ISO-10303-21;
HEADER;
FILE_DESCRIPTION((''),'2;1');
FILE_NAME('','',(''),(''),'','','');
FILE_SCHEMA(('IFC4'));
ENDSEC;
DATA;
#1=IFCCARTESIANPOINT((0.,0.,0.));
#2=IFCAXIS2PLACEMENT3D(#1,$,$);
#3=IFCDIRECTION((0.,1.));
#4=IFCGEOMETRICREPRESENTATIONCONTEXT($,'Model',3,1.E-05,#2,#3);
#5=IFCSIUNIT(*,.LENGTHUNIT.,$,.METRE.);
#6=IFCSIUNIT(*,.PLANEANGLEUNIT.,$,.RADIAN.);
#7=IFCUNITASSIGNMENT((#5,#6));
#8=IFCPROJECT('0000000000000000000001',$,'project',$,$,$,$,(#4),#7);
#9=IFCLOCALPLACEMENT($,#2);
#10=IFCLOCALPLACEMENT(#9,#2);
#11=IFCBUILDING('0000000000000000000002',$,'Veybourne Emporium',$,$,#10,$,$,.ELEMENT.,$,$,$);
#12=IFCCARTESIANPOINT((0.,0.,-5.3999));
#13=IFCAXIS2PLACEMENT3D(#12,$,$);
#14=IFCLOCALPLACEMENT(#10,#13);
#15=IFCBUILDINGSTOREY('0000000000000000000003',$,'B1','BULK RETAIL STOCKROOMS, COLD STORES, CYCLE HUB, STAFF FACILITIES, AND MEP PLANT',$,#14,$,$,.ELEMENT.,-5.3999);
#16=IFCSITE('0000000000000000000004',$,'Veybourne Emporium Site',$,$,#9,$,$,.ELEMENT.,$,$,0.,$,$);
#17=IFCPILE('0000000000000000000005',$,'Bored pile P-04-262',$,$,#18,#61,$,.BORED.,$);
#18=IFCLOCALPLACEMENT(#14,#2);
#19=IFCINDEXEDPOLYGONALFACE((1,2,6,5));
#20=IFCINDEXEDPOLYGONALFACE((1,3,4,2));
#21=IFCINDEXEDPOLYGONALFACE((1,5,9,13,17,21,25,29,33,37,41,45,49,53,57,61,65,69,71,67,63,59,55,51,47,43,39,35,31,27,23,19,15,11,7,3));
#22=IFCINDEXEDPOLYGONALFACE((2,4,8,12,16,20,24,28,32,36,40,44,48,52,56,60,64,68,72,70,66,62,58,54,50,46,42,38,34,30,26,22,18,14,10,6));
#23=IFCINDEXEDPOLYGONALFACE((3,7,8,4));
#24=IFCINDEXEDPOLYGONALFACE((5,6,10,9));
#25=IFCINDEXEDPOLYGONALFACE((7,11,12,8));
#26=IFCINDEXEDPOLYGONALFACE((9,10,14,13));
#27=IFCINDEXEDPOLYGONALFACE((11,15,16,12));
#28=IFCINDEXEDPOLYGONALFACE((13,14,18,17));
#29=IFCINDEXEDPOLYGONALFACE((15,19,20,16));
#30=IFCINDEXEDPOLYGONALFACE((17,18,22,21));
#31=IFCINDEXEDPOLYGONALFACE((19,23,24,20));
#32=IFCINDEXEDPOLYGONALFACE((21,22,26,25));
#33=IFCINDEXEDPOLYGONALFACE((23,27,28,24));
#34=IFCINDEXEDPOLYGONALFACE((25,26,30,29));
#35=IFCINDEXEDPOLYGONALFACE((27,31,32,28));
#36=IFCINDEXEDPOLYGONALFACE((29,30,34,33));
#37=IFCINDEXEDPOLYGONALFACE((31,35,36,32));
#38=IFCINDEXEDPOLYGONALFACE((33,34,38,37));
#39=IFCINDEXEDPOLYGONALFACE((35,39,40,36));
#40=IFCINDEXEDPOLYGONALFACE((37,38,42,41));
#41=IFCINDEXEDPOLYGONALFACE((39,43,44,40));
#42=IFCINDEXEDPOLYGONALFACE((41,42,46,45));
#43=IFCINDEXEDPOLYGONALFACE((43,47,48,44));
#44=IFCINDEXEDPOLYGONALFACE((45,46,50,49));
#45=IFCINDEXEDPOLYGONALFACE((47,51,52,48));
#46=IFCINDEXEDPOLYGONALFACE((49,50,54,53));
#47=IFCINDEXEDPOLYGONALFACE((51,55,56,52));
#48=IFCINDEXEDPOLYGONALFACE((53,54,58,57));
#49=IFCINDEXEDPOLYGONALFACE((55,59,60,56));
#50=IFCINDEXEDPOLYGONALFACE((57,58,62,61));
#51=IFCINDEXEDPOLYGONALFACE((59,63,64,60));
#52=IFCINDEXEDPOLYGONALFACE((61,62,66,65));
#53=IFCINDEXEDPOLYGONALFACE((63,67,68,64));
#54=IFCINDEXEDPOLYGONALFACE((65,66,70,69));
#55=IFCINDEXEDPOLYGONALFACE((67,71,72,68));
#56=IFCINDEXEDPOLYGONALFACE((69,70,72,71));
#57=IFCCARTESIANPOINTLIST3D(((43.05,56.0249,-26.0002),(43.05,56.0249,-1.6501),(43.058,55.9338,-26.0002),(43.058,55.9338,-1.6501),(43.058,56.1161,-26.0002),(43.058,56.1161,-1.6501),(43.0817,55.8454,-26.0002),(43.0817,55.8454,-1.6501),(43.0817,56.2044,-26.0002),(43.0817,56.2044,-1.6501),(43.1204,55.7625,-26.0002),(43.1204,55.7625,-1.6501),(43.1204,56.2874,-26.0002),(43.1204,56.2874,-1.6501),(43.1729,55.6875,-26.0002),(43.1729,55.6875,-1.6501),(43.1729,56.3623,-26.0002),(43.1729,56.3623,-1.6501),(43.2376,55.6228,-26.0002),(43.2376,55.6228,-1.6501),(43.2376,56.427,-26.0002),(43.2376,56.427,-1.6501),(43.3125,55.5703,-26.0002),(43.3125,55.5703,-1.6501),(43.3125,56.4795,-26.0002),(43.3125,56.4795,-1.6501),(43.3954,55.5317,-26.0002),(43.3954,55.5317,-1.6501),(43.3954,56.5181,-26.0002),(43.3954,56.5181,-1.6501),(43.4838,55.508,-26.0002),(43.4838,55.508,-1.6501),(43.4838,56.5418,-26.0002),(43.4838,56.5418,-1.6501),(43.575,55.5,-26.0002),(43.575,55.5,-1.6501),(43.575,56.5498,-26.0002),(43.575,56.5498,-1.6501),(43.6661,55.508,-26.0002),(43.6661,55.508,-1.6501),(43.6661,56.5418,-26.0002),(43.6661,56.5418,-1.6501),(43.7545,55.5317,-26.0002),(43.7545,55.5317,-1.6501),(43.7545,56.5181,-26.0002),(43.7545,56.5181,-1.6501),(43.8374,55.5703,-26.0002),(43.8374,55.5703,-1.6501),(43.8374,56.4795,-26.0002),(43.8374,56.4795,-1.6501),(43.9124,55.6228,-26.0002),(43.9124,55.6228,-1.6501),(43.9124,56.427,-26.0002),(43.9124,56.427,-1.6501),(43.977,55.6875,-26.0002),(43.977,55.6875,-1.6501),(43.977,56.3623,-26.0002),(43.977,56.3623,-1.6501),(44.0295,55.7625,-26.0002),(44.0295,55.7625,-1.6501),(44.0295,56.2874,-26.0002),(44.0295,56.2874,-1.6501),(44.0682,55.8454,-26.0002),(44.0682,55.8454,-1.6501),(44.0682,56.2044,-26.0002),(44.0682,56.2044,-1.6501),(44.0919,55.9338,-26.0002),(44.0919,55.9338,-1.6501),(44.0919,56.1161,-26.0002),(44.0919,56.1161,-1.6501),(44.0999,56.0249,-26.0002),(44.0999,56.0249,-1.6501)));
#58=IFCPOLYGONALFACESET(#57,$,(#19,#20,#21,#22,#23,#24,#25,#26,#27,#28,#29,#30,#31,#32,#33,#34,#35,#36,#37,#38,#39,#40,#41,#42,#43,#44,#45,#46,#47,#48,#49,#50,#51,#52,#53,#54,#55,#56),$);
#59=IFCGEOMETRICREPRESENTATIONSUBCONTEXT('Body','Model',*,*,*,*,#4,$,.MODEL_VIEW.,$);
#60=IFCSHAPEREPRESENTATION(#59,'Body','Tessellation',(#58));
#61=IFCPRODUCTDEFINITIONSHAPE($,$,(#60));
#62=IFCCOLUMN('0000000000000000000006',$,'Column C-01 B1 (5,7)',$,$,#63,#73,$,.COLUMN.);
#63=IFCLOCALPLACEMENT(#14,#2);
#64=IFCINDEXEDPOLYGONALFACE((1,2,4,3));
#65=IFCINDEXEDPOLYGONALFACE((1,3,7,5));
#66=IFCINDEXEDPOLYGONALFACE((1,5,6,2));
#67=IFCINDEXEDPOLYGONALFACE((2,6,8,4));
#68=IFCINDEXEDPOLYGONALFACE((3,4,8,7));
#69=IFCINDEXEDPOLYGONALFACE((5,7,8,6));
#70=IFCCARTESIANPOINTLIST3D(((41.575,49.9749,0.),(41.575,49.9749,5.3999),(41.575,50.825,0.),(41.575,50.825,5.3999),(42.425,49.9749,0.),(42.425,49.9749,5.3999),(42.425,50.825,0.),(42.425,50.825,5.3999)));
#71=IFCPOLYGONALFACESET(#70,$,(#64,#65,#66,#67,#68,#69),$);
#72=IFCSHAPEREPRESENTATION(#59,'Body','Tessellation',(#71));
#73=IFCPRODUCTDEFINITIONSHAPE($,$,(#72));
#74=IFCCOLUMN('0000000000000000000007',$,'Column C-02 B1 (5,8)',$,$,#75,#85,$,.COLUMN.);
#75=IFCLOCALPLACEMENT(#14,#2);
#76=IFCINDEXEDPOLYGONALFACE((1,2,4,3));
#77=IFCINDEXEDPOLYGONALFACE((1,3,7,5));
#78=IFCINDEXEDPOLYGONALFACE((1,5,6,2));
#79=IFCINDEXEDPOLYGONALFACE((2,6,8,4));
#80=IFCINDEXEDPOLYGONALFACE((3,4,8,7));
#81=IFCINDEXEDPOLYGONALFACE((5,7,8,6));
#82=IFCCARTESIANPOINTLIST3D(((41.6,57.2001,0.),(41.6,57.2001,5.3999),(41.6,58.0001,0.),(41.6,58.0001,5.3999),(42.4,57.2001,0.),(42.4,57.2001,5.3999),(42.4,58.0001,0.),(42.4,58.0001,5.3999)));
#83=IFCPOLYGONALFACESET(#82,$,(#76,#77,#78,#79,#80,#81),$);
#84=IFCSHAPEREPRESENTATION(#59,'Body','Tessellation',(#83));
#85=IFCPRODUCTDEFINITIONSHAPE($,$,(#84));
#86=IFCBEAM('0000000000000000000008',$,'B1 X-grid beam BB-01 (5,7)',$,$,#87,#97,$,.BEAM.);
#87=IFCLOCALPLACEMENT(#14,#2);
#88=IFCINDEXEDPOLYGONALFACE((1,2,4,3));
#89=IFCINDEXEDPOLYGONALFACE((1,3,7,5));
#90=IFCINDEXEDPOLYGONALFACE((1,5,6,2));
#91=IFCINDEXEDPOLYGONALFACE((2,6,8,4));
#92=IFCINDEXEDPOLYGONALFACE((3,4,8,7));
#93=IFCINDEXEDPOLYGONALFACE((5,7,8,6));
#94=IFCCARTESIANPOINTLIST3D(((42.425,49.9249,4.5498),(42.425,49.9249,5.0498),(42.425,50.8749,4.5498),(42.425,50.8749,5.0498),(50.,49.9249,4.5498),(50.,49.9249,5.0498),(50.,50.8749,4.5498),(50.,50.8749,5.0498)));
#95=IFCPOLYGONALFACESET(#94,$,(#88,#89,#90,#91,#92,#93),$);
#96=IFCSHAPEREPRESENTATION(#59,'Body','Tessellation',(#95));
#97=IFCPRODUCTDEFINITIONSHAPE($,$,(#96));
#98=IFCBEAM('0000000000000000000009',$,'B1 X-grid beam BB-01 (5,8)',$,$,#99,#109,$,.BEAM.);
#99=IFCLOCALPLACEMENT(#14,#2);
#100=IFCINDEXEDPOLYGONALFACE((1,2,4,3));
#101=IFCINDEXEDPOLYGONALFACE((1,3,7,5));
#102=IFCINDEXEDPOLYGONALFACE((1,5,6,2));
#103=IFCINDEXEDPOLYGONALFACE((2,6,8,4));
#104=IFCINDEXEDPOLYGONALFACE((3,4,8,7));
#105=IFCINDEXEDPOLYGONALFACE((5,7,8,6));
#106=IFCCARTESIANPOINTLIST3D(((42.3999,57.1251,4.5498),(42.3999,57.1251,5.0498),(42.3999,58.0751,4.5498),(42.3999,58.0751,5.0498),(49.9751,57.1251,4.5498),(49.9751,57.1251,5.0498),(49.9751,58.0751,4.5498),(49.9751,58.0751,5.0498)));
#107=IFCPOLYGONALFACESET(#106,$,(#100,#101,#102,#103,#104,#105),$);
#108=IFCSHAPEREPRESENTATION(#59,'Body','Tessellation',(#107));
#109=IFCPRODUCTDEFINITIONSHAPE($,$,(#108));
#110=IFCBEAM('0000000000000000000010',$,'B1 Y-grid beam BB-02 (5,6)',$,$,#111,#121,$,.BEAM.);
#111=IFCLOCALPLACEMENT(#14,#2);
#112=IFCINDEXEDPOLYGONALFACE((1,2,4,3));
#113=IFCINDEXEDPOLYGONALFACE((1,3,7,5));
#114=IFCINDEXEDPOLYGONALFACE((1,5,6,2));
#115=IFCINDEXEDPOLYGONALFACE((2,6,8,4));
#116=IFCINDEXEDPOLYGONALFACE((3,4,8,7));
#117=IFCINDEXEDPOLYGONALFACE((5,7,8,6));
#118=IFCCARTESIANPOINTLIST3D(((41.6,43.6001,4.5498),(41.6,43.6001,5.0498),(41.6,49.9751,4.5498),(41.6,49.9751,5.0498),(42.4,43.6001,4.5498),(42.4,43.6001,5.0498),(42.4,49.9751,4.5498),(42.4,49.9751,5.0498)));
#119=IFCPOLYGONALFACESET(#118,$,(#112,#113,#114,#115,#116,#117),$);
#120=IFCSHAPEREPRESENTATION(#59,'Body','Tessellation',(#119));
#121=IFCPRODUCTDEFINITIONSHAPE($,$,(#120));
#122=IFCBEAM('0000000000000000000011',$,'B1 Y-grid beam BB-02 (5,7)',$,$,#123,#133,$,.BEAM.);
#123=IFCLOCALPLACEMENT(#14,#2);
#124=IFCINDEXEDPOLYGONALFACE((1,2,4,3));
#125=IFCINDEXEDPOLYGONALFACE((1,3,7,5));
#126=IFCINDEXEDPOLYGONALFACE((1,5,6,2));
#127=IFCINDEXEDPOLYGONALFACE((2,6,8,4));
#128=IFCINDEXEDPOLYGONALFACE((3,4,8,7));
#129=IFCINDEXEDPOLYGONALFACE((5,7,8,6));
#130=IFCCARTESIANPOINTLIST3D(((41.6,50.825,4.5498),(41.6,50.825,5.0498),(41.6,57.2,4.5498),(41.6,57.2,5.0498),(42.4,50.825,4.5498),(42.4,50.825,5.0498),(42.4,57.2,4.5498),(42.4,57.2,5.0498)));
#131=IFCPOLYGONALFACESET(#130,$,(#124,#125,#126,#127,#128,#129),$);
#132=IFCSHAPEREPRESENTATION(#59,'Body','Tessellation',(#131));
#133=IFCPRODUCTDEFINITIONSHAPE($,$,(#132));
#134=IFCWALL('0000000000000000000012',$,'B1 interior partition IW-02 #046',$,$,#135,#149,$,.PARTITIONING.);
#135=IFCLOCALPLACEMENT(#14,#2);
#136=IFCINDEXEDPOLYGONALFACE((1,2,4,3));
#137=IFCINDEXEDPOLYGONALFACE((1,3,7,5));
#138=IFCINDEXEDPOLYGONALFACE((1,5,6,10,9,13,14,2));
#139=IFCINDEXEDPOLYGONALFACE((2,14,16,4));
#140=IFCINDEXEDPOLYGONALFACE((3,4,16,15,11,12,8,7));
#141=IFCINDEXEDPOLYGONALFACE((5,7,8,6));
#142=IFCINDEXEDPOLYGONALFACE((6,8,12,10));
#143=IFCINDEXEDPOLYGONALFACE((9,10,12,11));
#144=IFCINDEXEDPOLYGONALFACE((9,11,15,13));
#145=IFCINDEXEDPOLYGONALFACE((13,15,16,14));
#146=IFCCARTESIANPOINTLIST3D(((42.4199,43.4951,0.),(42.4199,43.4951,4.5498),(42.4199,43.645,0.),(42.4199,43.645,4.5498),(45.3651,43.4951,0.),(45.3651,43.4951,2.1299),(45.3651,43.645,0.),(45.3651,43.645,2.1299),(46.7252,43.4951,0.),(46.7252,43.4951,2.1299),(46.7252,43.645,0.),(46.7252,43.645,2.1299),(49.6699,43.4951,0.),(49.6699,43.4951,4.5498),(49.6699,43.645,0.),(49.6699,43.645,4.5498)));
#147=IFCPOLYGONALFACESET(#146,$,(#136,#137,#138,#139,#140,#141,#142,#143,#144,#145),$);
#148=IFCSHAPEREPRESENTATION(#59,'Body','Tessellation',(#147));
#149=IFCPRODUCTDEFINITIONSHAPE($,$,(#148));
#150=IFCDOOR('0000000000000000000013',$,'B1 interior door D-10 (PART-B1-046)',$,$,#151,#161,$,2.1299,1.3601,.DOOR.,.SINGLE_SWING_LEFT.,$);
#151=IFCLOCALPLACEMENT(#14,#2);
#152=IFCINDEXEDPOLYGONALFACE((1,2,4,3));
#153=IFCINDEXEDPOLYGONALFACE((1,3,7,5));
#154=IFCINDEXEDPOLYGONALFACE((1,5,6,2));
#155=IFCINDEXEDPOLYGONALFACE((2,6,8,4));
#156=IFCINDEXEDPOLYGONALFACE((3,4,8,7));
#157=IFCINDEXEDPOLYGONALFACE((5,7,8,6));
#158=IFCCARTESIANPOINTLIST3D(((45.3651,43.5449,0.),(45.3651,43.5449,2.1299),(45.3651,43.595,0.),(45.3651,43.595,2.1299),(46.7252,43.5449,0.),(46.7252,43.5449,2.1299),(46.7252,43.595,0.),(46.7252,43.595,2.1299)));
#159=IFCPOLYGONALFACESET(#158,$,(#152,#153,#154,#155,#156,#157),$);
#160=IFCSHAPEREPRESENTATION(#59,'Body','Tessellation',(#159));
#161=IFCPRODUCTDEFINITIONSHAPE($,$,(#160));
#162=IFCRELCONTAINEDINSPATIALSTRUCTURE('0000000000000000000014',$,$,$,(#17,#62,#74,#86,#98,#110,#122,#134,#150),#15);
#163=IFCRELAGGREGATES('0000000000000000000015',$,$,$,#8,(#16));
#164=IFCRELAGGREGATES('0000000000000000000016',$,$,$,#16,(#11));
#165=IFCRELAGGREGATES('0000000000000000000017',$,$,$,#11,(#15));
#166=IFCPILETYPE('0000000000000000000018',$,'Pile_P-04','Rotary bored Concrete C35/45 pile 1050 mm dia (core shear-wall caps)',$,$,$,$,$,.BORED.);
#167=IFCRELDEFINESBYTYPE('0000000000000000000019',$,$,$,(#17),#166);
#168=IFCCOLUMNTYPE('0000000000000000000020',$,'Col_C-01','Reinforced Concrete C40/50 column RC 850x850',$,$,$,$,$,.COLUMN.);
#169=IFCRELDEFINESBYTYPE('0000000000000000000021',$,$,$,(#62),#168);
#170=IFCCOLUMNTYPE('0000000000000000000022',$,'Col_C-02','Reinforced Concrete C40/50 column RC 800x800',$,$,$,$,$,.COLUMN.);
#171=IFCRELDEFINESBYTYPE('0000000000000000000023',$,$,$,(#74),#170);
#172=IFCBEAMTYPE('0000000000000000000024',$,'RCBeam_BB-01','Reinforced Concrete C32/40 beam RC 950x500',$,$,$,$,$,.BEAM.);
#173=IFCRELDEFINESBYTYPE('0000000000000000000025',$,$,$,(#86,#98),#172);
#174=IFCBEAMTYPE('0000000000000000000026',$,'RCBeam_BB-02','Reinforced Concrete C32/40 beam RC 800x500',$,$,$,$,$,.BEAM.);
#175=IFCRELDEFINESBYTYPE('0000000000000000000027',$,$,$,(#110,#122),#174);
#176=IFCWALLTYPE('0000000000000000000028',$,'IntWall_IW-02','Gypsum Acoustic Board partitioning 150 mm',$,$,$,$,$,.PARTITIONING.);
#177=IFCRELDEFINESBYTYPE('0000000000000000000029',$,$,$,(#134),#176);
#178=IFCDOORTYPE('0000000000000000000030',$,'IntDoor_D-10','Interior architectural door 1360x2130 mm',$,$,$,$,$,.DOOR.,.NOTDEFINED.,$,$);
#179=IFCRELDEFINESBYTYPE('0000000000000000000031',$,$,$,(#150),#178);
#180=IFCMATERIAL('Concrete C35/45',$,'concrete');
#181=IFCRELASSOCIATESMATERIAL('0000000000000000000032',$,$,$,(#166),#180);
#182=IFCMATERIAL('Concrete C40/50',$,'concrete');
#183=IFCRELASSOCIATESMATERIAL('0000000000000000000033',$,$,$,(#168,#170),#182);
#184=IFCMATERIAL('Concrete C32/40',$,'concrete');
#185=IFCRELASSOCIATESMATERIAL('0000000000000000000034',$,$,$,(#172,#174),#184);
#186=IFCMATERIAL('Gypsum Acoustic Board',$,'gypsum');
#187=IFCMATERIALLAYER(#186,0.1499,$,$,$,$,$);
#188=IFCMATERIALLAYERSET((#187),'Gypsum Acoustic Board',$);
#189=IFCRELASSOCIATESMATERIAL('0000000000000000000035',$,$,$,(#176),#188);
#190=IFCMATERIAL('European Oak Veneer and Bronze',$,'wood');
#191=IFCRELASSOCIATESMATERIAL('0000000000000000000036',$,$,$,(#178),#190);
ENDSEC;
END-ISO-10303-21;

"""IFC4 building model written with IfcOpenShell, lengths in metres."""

from ifc_helpers import new_model, si_unit, direction, frame, frame_2d, origin, origin_2d, place, context, subcontext, project, spatial, rectangle, circle, extrude, material, layer, layer_set, material_profile, profile_set, type_object, element, fill, save


model = new_model("IFC4")

# Units and contexts
model_context = context("Model", 3, precision=1e-05, world=origin(), true_north=direction((0.0, 1.0)))
body_context = subcontext(model_context, "Body", "Model", "MODEL_VIEW")
ifc_project = project(units=[si_unit("LENGTHUNIT", "METRE"), si_unit("PLANEANGLEUNIT", "RADIAN")], contexts=[model_context])

# Site, building, storey
site_placement = place(None, origin())
site = spatial("IfcSite", under=ifc_project, at=site_placement, Name="Veybourne Emporium Site", CompositionType="ELEMENT", RefElevation=0.0)
building_placement = place(site_placement, origin())
building = spatial("IfcBuilding", under=site, at=building_placement, Name="Veybourne Emporium", CompositionType="ELEMENT")
storey_placement = place(building_placement, frame((0.0, 0.0, -5.3999)))
storey = spatial("IfcBuildingStorey", under=building, at=storey_placement, Name="B1", Description="BULK RETAIL STOCKROOMS, COLD STORES, CYCLE HUB, STAFF FACILITIES, AND MEP PLANT", CompositionType="ELEMENT", Elevation=-5.3999)

# Shared definitions
ifc_material_1 = material(Name="Concrete C35/45", Category="concrete")

# Pile
ifc_material_profile_1 = material_profile(ifc_material_1, circle(Radius=0.5249, at=origin_2d()), Name="BORED PILE 1050")
ifc_profile_set_1 = profile_set([ifc_material_profile_1], Name="Concrete C35/45")
pile_type_1 = type_object("IfcPileType", Name="Pile_P-04", Description="Rotary bored Concrete C35/45 pile 1050 mm dia (core shear-wall caps)", PredefinedType="BORED", material=ifc_profile_set_1)
for number, where, z_axis, x_axis, name in (
    (1, (43.575, 56.0249, -1.6501), (0.0, 0.0, -1.0), (1.0, 0.0, 0.0), "Bored pile P-04-262"),
):
    element("IfcPile", number, at=place(storey_placement, frame(where, z_axis=z_axis, x_axis=x_axis)), inside=storey, type_object=pile_type_1, Name=name, PredefinedType="BORED", context=body_context, shape_type="SweptSolid", body=[
        extrude(circle(Radius=0.5249, at=origin_2d()), origin(), (0.0, 0.0, 1.0), 24.3501),
    ])

# Columns
ifc_material_2 = material(Name="Concrete C40/50", Category="concrete")
ifc_material_profile_2 = material_profile(ifc_material_2, rectangle(XDim=0.8501, YDim=0.8501, at=origin_2d()), Name="RC 850x850")
ifc_profile_set_2 = profile_set([ifc_material_profile_2], Name="Concrete C40/50")
column_type_1 = type_object("IfcColumnType", Name="Col_C-01", Description="Reinforced Concrete C40/50 column RC 850x850", PredefinedType="COLUMN", material=ifc_profile_set_2)
column_1_placement = place(storey_placement, frame((42.0, 50.3999, 0.0), z_axis=(0.0, 0.0, 1.0), x_axis=(1.0, 0.0, 0.0)))
element("IfcColumn", 2, at=column_1_placement, inside=storey, type_object=column_type_1, Name="Column C-01 B1 (5,7)", PredefinedType="COLUMN", context=body_context, shape_type="SweptSolid", body=[
    extrude(rectangle(XDim=0.8501, YDim=0.8501, at=origin_2d()), origin(), (0.0, 0.0, 1.0), 5.3999),
])
ifc_material_profile_3 = material_profile(ifc_material_2, rectangle(XDim=0.8, YDim=0.8, at=origin_2d()), Name="RC 800x800")
ifc_profile_set_3 = profile_set([ifc_material_profile_3], Name="Concrete C40/50")
column_type_2 = type_object("IfcColumnType", Name="Col_C-02", Description="Reinforced Concrete C40/50 column RC 800x800", PredefinedType="COLUMN", material=ifc_profile_set_3)
column_2_placement = place(storey_placement, frame((42.0, 57.6001, 0.0), z_axis=(0.0, 0.0, 1.0), x_axis=(1.0, 0.0, 0.0)))
element("IfcColumn", 3, at=column_2_placement, inside=storey, type_object=column_type_2, Name="Column C-02 B1 (5,8)", PredefinedType="COLUMN", context=body_context, shape_type="SweptSolid", body=[
    extrude(rectangle(XDim=0.8, YDim=0.8, at=origin_2d()), origin(), (0.0, 0.0, 1.0), 5.3999),
])

# Beams
ifc_material_3 = material(Name="Concrete C32/40", Category="concrete")
ifc_material_profile_4 = material_profile(ifc_material_3, rectangle(XDim=0.95, YDim=0.5, at=origin_2d()), Name="RC 950x500")
ifc_profile_set_4 = profile_set([ifc_material_profile_4], Name="Concrete C32/40")
beam_type_1 = type_object("IfcBeamType", Name="RCBeam_BB-01", Description="Reinforced Concrete C32/40 beam RC 950x500", PredefinedType="BEAM", material=ifc_profile_set_4)
beam_1_placement = place(storey_placement, frame((42.425, 50.3999, 4.7998), z_axis=(1.0, 0.0, 0.0), x_axis=(0.0, 1.0, 0.0)))
element("IfcBeam", 4, at=beam_1_placement, inside=storey, type_object=beam_type_1, Name="B1 X-grid beam BB-01 (5,7)", PredefinedType="BEAM", context=body_context, shape_type="SweptSolid", body=[
    extrude(rectangle(XDim=0.95, YDim=0.5, at=origin_2d()), origin(), (0.0, 0.0, 1.0), 7.575),
])
beam_2_placement = place(storey_placement, frame((42.3999, 57.6001, 4.7998), z_axis=(1.0, 0.0, 0.0), x_axis=(0.0, 1.0, 0.0)))
element("IfcBeam", 5, at=beam_2_placement, inside=storey, type_object=beam_type_1, Name="B1 X-grid beam BB-01 (5,8)", PredefinedType="BEAM", context=body_context, shape_type="SweptSolid", body=[
    extrude(rectangle(XDim=0.95, YDim=0.5, at=origin_2d()), origin(), (0.0, 0.0, 1.0), 7.5752),
])
ifc_material_profile_5 = material_profile(ifc_material_3, rectangle(XDim=0.8, YDim=0.5, at=origin_2d()), Name="RC 800x500")
ifc_profile_set_5 = profile_set([ifc_material_profile_5], Name="Concrete C32/40")
beam_type_2 = type_object("IfcBeamType", Name="RCBeam_BB-02", Description="Reinforced Concrete C32/40 beam RC 800x500", PredefinedType="BEAM", material=ifc_profile_set_5)
for number, where, z_axis, x_axis, name in (
    (6, (42.0, 43.6001, 4.7998), (0.0, 1.0, 0.0), (-1.0, 0.0, 0.0), "B1 Y-grid beam BB-02 (5,6)"),
    (7, (42.0, 50.825, 4.7998), (0.0, 1.0, 0.0), (-1.0, 0.0, 0.0), "B1 Y-grid beam BB-02 (5,7)"),
):
    element("IfcBeam", number, at=place(storey_placement, frame(where, z_axis=z_axis, x_axis=x_axis)), inside=storey, type_object=beam_type_2, Name=name, PredefinedType="BEAM", context=body_context, shape_type="SweptSolid", body=[
        extrude(rectangle(XDim=0.8, YDim=0.5, at=origin_2d()), origin(), (0.0, 0.0, 1.0), 6.375),
    ])

# Wall, opening, door
ifc_material_4 = material(Name="Gypsum Acoustic Board", Category="gypsum")
ifc_layer = layer(ifc_material_4, 0.1499)
ifc_layer_set = layer_set([ifc_layer], Name="Gypsum Acoustic Board")
wall_type = type_object("IfcWallType", Name="IntWall_IW-02", Description="Gypsum Acoustic Board partitioning 150 mm", PredefinedType="PARTITIONING", material=ifc_layer_set)
wall_placement = place(storey_placement, frame((42.4199, 43.5701, 0.0), z_axis=(0.0, 0.0, 1.0), x_axis=(1.0, 0.0, 0.0)))
wall = element("IfcWall", 8, at=wall_placement, inside=storey, type_object=wall_type, Name="B1 interior partition IW-02 #046", PredefinedType="PARTITIONING", context=body_context, shape_type="SweptSolid", body=[
    extrude(rectangle(XDim=7.25, YDim=0.1499, at=frame_2d((3.625, 0.0))), origin(), (0.0, 0.0, 1.0), 4.5498),
])
opening_placement = place(wall_placement, frame((2.9451, 0.0, 0.0)))
opening = element("IfcOpeningElement", 9, at=opening_placement, cuts=wall, PredefinedType="OPENING", context=body_context, shape_type="SweptSolid", body=[
    extrude(rectangle(XDim=1.3601, YDim=2.1299, at=frame_2d((0.6802, 1.0649))), frame((0.0, 0.095, 0.0), z_axis=(0.0, -1.0, 0.0), x_axis=(1.0, 0.0, 0.0)), (0.0, 0.0, 1.0), 0.1899),
])
ifc_material_5 = material(Name="European Oak Veneer and Bronze", Category="wood")
door_type = type_object("IfcDoorType", Name="IntDoor_D-10", Description="Interior architectural door 1360x2130 mm", OperationType="NOTDEFINED", PredefinedType="DOOR", material=ifc_material_5)
door_placement = place(opening_placement, origin())
door = element("IfcDoor", 10, at=door_placement, inside=storey, type_object=door_type, Name="B1 interior door D-10 (PART-B1-046)", OperationType="SINGLE_SWING_LEFT", OverallHeight=2.1299, OverallWidth=1.3601, PredefinedType="DOOR", context=body_context, shape_type="SweptSolid", body=[
    extrude(rectangle(XDim=1.3601, YDim=2.1299, at=frame_2d((0.6802, 1.0649))), frame((0.0, 0.0249, 0.0), z_axis=(0.0, -1.0, 0.0), x_axis=(1.0, 0.0, 0.0)), (0.0, 0.0, 1.0), 0.05),
])
fill(opening, door)

save(model, "model.ifc")
